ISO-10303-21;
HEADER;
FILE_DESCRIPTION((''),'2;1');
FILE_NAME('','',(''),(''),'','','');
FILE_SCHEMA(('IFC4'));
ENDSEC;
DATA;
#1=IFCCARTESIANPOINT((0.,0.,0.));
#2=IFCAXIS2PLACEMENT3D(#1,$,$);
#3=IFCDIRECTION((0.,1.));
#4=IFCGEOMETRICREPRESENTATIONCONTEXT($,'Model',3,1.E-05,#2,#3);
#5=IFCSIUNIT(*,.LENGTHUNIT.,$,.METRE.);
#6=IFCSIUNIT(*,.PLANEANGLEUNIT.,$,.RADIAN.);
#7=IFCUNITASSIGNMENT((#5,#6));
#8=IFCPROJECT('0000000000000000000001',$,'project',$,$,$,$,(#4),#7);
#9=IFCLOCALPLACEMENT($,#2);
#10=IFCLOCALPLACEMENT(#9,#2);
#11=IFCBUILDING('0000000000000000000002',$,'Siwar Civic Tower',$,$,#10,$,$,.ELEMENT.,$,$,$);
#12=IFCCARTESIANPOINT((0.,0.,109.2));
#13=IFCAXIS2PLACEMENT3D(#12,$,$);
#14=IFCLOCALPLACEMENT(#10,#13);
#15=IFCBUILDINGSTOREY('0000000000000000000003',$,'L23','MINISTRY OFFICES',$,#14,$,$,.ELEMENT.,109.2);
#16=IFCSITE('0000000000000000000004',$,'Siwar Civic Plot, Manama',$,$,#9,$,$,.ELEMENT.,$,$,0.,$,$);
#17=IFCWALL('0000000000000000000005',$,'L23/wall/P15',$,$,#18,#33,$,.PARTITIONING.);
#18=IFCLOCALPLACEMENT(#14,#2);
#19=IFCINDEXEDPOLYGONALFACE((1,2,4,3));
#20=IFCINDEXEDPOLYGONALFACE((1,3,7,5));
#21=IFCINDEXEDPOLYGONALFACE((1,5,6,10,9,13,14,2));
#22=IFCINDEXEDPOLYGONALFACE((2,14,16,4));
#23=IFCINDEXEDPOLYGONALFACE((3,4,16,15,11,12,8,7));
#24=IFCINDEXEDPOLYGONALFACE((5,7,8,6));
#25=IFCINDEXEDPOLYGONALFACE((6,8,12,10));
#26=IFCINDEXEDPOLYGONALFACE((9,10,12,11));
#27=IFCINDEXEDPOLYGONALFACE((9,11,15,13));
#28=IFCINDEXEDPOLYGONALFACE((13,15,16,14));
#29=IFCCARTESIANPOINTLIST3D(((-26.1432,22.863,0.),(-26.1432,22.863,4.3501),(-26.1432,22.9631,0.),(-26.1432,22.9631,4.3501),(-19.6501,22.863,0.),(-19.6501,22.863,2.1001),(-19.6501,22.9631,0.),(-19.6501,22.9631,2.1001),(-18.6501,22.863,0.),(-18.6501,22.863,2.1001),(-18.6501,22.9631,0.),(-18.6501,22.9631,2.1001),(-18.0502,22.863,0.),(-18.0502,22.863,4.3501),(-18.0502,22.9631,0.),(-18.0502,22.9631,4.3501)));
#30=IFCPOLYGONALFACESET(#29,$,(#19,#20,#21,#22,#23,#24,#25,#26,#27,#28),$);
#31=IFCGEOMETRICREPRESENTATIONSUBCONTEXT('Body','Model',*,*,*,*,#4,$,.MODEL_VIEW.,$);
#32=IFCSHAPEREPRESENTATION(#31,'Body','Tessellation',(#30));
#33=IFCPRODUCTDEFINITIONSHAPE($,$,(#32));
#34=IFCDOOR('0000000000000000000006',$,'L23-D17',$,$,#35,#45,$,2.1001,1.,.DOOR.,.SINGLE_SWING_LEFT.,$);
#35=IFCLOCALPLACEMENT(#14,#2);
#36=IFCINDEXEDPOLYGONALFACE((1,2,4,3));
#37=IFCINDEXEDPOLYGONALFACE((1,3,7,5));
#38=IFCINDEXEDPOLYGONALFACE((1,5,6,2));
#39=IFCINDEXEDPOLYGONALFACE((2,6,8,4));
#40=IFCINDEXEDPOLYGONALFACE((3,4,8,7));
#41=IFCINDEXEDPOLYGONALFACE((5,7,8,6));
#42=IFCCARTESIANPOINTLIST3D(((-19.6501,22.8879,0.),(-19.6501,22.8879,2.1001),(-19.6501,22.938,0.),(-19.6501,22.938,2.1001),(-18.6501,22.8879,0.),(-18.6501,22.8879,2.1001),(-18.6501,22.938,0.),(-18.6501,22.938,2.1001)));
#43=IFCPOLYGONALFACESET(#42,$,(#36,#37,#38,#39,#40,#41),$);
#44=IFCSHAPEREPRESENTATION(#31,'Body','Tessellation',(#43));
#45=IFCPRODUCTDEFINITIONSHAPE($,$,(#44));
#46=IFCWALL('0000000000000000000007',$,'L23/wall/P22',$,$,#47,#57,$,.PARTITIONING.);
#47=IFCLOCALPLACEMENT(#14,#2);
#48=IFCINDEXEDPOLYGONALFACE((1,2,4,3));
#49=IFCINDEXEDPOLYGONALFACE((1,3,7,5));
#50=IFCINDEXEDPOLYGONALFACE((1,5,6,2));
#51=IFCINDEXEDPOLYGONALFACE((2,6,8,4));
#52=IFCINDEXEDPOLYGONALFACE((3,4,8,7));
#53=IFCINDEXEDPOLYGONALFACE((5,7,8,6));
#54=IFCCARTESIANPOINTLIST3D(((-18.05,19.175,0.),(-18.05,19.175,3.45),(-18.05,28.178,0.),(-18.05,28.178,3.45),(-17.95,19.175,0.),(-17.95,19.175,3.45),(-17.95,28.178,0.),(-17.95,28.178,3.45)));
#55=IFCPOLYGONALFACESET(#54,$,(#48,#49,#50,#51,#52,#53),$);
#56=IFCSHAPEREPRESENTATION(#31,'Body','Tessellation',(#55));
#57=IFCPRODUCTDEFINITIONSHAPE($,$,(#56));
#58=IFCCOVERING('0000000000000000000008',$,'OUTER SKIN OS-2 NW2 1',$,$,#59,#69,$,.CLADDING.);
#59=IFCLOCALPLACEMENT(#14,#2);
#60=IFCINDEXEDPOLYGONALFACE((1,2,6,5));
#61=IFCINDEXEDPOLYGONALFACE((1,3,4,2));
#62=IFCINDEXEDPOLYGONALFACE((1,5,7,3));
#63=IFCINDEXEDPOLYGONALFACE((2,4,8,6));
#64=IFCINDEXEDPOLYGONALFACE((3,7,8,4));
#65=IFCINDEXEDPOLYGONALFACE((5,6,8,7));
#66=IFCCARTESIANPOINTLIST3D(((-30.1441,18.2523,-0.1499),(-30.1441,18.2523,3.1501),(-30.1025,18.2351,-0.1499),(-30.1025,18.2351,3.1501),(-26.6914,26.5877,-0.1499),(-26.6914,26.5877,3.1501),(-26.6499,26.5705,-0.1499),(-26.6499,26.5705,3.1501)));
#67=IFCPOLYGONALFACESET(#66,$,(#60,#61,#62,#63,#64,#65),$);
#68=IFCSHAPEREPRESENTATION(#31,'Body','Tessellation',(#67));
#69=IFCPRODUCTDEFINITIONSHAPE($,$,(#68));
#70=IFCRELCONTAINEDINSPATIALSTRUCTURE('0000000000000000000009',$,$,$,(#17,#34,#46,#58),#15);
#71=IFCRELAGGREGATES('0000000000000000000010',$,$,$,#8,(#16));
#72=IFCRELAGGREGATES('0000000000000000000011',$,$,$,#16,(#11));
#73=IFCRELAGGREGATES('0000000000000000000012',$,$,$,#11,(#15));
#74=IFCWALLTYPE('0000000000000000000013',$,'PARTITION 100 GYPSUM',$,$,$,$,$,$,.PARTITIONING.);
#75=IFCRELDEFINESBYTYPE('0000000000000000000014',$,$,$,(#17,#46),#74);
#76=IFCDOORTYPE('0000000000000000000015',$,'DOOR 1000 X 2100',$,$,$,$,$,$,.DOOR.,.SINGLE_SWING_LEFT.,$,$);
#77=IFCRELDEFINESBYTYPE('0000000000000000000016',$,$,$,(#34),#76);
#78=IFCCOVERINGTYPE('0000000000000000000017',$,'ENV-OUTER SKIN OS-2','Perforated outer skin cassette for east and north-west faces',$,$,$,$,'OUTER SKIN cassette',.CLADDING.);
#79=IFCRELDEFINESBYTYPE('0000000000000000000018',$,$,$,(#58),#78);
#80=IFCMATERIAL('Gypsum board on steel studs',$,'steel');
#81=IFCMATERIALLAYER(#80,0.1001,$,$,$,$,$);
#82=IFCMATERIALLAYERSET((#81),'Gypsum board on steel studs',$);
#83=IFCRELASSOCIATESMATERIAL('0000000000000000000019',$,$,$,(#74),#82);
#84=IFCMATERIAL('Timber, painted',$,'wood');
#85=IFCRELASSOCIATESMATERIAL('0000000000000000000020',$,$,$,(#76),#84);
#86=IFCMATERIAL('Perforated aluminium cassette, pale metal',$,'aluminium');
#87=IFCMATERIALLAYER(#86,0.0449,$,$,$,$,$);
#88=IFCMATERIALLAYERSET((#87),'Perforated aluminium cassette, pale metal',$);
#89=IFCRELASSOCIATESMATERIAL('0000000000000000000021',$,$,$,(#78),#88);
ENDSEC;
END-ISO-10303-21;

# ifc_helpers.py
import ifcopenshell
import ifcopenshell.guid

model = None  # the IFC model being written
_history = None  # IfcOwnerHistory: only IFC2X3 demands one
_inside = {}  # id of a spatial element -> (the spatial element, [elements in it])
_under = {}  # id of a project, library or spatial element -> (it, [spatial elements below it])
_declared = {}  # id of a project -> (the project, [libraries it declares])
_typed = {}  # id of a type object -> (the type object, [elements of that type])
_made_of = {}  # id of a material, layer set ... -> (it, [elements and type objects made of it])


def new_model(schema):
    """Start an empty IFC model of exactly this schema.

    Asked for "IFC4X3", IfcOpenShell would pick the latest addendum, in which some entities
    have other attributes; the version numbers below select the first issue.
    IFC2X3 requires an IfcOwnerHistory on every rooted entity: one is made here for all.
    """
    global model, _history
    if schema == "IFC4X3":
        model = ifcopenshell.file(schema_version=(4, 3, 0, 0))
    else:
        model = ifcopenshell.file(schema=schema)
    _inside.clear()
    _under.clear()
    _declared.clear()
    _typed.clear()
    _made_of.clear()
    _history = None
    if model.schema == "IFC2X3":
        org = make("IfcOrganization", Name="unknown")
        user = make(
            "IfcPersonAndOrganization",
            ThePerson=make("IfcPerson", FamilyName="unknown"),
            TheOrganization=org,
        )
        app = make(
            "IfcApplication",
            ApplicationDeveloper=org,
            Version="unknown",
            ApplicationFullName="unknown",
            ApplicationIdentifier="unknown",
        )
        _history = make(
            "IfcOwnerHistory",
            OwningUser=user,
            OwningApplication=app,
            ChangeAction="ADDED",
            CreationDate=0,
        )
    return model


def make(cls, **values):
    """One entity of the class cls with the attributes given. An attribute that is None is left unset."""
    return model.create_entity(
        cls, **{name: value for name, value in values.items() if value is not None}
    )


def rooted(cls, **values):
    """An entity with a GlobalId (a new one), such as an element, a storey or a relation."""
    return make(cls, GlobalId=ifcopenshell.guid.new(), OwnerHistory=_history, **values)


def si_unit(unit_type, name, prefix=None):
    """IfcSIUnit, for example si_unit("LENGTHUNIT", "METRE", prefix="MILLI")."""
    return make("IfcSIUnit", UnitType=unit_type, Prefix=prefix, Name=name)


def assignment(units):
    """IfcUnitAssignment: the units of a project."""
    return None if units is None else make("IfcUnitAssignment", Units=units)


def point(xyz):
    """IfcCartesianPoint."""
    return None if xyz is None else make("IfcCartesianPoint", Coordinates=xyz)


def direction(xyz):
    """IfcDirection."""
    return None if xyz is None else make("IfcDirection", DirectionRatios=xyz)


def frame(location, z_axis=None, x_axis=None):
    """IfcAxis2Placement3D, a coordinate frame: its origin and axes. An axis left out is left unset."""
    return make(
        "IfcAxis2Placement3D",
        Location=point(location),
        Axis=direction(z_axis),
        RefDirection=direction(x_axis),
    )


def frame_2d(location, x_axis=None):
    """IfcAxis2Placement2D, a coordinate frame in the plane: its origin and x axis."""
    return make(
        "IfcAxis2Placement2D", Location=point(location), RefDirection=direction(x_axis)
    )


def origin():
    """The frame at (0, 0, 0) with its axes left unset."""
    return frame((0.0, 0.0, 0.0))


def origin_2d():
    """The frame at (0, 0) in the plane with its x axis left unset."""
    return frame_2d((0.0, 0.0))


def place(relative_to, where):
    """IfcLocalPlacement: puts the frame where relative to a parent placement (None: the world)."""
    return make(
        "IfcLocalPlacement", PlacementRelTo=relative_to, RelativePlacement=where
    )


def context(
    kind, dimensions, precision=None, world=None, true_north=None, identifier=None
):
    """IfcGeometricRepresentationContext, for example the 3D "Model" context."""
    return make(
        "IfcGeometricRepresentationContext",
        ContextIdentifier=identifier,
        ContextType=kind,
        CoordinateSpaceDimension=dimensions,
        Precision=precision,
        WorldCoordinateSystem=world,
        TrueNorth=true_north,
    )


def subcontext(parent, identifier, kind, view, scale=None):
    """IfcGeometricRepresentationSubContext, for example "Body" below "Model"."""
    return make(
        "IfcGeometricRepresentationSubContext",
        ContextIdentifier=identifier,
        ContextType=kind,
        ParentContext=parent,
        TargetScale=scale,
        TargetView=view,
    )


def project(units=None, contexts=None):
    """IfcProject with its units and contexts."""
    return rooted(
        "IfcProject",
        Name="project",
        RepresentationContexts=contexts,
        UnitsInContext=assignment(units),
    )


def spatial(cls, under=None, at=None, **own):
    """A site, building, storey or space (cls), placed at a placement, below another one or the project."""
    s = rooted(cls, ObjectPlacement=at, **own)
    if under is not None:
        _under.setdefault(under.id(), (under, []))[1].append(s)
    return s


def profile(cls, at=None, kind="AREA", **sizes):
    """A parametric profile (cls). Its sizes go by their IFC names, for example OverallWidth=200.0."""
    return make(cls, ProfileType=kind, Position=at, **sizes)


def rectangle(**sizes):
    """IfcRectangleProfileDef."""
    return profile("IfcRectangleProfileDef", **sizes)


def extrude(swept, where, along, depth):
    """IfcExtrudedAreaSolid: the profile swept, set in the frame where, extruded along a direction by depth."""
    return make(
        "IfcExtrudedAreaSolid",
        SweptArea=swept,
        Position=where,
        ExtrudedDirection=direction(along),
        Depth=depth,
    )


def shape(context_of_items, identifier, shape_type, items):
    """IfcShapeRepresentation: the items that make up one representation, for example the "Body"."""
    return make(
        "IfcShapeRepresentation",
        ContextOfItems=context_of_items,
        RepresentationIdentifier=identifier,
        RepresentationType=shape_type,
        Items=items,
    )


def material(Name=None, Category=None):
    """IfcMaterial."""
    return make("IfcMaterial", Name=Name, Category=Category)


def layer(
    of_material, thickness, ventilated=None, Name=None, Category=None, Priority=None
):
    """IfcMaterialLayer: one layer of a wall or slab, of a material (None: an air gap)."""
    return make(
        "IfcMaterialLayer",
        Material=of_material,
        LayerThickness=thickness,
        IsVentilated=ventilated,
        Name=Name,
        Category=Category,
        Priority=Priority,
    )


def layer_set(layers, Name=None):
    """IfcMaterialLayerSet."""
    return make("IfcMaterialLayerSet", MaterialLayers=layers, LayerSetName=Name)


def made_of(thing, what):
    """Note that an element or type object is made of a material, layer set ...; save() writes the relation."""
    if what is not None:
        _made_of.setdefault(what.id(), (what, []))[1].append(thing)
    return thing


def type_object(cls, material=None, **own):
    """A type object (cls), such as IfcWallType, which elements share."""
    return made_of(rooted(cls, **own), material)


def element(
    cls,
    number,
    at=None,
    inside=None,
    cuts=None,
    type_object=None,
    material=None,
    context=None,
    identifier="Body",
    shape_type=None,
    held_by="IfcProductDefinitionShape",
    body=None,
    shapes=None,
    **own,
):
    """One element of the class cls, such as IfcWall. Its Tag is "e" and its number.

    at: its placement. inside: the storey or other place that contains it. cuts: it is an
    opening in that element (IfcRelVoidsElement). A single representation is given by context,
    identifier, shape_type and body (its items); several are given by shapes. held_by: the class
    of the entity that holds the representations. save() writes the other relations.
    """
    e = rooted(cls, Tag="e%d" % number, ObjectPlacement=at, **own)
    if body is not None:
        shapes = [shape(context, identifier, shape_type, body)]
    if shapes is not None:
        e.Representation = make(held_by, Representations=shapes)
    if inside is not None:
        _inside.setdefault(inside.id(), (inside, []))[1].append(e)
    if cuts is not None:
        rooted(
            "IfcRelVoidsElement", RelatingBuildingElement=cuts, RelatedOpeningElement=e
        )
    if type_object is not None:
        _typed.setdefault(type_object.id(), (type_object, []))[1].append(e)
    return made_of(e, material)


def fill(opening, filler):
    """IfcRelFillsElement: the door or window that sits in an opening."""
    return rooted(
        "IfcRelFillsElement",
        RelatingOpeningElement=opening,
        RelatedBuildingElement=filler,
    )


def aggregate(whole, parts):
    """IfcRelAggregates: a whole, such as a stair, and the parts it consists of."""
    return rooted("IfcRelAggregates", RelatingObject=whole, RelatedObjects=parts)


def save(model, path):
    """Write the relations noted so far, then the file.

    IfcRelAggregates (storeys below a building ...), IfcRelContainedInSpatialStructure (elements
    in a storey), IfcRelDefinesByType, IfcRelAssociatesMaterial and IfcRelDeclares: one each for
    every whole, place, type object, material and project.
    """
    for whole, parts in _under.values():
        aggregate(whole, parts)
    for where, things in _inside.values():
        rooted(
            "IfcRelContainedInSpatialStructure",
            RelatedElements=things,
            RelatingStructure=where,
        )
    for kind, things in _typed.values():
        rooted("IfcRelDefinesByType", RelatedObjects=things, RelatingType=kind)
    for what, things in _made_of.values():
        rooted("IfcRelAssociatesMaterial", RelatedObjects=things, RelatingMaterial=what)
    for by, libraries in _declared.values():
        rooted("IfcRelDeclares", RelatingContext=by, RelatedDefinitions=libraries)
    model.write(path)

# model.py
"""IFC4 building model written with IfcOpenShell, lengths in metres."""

from ifc_helpers import new_model, si_unit, direction, frame, frame_2d, origin, origin_2d, place, context, subcontext, project, spatial, rectangle, extrude, material, layer, layer_set, type_object, element, fill, save


model = new_model("IFC4")

# Units and contexts
model_context = context("Model", 3, precision=1e-05, world=origin(), true_north=direction((0.0, 1.0)))
body_context = subcontext(model_context, "Body", "Model", "MODEL_VIEW")
ifc_project = project(units=[si_unit("LENGTHUNIT", "METRE"), si_unit("PLANEANGLEUNIT", "RADIAN")], contexts=[model_context])

# Site, building, storey
site_placement = place(None, origin())
site = spatial("IfcSite", under=ifc_project, at=site_placement, Name="Siwar Civic Plot, Manama", CompositionType="ELEMENT", RefElevation=0.0)
building_placement = place(site_placement, origin())
building = spatial("IfcBuilding", under=site, at=building_placement, Name="Siwar Civic Tower", CompositionType="ELEMENT")
storey_placement = place(building_placement, frame((0.0, 0.0, 109.2)))
storey = spatial("IfcBuildingStorey", under=building, at=storey_placement, Name="L23", Description="MINISTRY OFFICES", CompositionType="ELEMENT", Elevation=109.2)

# Wall, opening, door
ifc_material_1 = material(Name="Gypsum board on steel studs", Category="steel")
ifc_layer_1 = layer(ifc_material_1, 0.1001)
ifc_layer_set_1 = layer_set([ifc_layer_1], Name="Gypsum board on steel studs")
wall_type_1 = type_object("IfcWallType", Name="PARTITION 100 GYPSUM", PredefinedType="PARTITIONING", material=ifc_layer_set_1)
wall_1_placement = place(storey_placement, frame((-26.1431, 22.9131, 0.0), z_axis=(0.0, 0.0, 1.0), x_axis=(1.0, 0.0, 0.0)))
wall_1 = element("IfcWall", 1, at=wall_1_placement, inside=storey, type_object=wall_type_1, Name="L23/wall/P15", PredefinedType="PARTITIONING", context=body_context, shape_type="SweptSolid", body=[
    extrude(rectangle(XDim=8.093, YDim=0.1001, at=frame_2d((4.0464, 0.0))), origin(), (0.0, 0.0, 1.0), 4.3501),
])
opening_1_placement = place(wall_1_placement, frame((6.4929, 0.0, 0.0)))
opening_1 = element("IfcOpeningElement", 2, at=opening_1_placement, cuts=wall_1, PredefinedType="OPENING", context=body_context, shape_type="SweptSolid", body=[
    extrude(rectangle(XDim=1.0, YDim=2.1001, at=frame_2d((0.5, 1.05))), frame((0.0, 0.0601, 0.0), z_axis=(0.0, -1.0, 0.0), x_axis=(1.0, 0.0, 0.0)), (0.0, 0.0, 1.0), 0.1201),
])
ifc_material_2 = material(Name="Timber, painted", Category="wood")
door_type_1 = type_object("IfcDoorType", Name="DOOR 1000 X 2100", OperationType="SINGLE_SWING_LEFT", PredefinedType="DOOR", material=ifc_material_2)
door_1_placement = place(opening_1_placement, origin())
door_1 = element("IfcDoor", 3, at=door_1_placement, inside=storey, type_object=door_type_1, Name="L23-D17", OperationType="SINGLE_SWING_LEFT", OverallHeight=2.1001, OverallWidth=1.0, PredefinedType="DOOR", context=body_context, shape_type="SweptSolid", body=[
    extrude(rectangle(XDim=1.0, YDim=2.1001, at=frame_2d((0.5, 1.05))), frame((0.0, 0.0249, 0.0), z_axis=(0.0, -1.0, 0.0), x_axis=(1.0, 0.0, 0.0)), (0.0, 0.0, 1.0), 0.05),
])
fill(opening_1, door_1)

# Wall
wall_2_placement = place(storey_placement, frame((-18.0, 19.175, 0.0), z_axis=(0.0, 0.0, 1.0), x_axis=(0.0, 1.0, 0.0)))
element("IfcWall", 4, at=wall_2_placement, inside=storey, type_object=wall_type_1, Name="L23/wall/P22", PredefinedType="PARTITIONING", context=body_context, shape_type="SweptSolid", body=[
    extrude(rectangle(XDim=9.0029, YDim=0.1001, at=frame_2d((4.5015, 0.0))), origin(), (0.0, 0.0, 1.0), 3.45),
])

# Covering
ifc_material_3 = material(Name="Perforated aluminium cassette, pale metal", Category="aluminium")
ifc_layer_2 = layer(ifc_material_3, 0.0449)
ifc_layer_set_2 = layer_set([ifc_layer_2], Name="Perforated aluminium cassette, pale metal")
covering_type = type_object("IfcCoveringType", Name="ENV-OUTER SKIN OS-2", Description="Perforated outer skin cassette for east and north-west faces", ElementType="OUTER SKIN cassette", PredefinedType="CLADDING", material=ifc_layer_set_2)
covering_placement = place(storey_placement, frame((-28.397, 22.4114, -0.1499), z_axis=(0.0, 0.0, 1.0), x_axis=(-0.382683, -0.92388, 0.0)))
element("IfcCovering", 5, at=covering_placement, inside=storey, type_object=covering_type, Name="OUTER SKIN OS-2 NW2 1", PredefinedType="CLADDING", context=body_context, shape_type="SweptSolid", body=[
    extrude(rectangle(XDim=9.0222, YDim=0.0449, at=origin_2d()), origin(), (0.0, 0.0, 1.0), 3.3),
])

save(model, "model.ifc")
